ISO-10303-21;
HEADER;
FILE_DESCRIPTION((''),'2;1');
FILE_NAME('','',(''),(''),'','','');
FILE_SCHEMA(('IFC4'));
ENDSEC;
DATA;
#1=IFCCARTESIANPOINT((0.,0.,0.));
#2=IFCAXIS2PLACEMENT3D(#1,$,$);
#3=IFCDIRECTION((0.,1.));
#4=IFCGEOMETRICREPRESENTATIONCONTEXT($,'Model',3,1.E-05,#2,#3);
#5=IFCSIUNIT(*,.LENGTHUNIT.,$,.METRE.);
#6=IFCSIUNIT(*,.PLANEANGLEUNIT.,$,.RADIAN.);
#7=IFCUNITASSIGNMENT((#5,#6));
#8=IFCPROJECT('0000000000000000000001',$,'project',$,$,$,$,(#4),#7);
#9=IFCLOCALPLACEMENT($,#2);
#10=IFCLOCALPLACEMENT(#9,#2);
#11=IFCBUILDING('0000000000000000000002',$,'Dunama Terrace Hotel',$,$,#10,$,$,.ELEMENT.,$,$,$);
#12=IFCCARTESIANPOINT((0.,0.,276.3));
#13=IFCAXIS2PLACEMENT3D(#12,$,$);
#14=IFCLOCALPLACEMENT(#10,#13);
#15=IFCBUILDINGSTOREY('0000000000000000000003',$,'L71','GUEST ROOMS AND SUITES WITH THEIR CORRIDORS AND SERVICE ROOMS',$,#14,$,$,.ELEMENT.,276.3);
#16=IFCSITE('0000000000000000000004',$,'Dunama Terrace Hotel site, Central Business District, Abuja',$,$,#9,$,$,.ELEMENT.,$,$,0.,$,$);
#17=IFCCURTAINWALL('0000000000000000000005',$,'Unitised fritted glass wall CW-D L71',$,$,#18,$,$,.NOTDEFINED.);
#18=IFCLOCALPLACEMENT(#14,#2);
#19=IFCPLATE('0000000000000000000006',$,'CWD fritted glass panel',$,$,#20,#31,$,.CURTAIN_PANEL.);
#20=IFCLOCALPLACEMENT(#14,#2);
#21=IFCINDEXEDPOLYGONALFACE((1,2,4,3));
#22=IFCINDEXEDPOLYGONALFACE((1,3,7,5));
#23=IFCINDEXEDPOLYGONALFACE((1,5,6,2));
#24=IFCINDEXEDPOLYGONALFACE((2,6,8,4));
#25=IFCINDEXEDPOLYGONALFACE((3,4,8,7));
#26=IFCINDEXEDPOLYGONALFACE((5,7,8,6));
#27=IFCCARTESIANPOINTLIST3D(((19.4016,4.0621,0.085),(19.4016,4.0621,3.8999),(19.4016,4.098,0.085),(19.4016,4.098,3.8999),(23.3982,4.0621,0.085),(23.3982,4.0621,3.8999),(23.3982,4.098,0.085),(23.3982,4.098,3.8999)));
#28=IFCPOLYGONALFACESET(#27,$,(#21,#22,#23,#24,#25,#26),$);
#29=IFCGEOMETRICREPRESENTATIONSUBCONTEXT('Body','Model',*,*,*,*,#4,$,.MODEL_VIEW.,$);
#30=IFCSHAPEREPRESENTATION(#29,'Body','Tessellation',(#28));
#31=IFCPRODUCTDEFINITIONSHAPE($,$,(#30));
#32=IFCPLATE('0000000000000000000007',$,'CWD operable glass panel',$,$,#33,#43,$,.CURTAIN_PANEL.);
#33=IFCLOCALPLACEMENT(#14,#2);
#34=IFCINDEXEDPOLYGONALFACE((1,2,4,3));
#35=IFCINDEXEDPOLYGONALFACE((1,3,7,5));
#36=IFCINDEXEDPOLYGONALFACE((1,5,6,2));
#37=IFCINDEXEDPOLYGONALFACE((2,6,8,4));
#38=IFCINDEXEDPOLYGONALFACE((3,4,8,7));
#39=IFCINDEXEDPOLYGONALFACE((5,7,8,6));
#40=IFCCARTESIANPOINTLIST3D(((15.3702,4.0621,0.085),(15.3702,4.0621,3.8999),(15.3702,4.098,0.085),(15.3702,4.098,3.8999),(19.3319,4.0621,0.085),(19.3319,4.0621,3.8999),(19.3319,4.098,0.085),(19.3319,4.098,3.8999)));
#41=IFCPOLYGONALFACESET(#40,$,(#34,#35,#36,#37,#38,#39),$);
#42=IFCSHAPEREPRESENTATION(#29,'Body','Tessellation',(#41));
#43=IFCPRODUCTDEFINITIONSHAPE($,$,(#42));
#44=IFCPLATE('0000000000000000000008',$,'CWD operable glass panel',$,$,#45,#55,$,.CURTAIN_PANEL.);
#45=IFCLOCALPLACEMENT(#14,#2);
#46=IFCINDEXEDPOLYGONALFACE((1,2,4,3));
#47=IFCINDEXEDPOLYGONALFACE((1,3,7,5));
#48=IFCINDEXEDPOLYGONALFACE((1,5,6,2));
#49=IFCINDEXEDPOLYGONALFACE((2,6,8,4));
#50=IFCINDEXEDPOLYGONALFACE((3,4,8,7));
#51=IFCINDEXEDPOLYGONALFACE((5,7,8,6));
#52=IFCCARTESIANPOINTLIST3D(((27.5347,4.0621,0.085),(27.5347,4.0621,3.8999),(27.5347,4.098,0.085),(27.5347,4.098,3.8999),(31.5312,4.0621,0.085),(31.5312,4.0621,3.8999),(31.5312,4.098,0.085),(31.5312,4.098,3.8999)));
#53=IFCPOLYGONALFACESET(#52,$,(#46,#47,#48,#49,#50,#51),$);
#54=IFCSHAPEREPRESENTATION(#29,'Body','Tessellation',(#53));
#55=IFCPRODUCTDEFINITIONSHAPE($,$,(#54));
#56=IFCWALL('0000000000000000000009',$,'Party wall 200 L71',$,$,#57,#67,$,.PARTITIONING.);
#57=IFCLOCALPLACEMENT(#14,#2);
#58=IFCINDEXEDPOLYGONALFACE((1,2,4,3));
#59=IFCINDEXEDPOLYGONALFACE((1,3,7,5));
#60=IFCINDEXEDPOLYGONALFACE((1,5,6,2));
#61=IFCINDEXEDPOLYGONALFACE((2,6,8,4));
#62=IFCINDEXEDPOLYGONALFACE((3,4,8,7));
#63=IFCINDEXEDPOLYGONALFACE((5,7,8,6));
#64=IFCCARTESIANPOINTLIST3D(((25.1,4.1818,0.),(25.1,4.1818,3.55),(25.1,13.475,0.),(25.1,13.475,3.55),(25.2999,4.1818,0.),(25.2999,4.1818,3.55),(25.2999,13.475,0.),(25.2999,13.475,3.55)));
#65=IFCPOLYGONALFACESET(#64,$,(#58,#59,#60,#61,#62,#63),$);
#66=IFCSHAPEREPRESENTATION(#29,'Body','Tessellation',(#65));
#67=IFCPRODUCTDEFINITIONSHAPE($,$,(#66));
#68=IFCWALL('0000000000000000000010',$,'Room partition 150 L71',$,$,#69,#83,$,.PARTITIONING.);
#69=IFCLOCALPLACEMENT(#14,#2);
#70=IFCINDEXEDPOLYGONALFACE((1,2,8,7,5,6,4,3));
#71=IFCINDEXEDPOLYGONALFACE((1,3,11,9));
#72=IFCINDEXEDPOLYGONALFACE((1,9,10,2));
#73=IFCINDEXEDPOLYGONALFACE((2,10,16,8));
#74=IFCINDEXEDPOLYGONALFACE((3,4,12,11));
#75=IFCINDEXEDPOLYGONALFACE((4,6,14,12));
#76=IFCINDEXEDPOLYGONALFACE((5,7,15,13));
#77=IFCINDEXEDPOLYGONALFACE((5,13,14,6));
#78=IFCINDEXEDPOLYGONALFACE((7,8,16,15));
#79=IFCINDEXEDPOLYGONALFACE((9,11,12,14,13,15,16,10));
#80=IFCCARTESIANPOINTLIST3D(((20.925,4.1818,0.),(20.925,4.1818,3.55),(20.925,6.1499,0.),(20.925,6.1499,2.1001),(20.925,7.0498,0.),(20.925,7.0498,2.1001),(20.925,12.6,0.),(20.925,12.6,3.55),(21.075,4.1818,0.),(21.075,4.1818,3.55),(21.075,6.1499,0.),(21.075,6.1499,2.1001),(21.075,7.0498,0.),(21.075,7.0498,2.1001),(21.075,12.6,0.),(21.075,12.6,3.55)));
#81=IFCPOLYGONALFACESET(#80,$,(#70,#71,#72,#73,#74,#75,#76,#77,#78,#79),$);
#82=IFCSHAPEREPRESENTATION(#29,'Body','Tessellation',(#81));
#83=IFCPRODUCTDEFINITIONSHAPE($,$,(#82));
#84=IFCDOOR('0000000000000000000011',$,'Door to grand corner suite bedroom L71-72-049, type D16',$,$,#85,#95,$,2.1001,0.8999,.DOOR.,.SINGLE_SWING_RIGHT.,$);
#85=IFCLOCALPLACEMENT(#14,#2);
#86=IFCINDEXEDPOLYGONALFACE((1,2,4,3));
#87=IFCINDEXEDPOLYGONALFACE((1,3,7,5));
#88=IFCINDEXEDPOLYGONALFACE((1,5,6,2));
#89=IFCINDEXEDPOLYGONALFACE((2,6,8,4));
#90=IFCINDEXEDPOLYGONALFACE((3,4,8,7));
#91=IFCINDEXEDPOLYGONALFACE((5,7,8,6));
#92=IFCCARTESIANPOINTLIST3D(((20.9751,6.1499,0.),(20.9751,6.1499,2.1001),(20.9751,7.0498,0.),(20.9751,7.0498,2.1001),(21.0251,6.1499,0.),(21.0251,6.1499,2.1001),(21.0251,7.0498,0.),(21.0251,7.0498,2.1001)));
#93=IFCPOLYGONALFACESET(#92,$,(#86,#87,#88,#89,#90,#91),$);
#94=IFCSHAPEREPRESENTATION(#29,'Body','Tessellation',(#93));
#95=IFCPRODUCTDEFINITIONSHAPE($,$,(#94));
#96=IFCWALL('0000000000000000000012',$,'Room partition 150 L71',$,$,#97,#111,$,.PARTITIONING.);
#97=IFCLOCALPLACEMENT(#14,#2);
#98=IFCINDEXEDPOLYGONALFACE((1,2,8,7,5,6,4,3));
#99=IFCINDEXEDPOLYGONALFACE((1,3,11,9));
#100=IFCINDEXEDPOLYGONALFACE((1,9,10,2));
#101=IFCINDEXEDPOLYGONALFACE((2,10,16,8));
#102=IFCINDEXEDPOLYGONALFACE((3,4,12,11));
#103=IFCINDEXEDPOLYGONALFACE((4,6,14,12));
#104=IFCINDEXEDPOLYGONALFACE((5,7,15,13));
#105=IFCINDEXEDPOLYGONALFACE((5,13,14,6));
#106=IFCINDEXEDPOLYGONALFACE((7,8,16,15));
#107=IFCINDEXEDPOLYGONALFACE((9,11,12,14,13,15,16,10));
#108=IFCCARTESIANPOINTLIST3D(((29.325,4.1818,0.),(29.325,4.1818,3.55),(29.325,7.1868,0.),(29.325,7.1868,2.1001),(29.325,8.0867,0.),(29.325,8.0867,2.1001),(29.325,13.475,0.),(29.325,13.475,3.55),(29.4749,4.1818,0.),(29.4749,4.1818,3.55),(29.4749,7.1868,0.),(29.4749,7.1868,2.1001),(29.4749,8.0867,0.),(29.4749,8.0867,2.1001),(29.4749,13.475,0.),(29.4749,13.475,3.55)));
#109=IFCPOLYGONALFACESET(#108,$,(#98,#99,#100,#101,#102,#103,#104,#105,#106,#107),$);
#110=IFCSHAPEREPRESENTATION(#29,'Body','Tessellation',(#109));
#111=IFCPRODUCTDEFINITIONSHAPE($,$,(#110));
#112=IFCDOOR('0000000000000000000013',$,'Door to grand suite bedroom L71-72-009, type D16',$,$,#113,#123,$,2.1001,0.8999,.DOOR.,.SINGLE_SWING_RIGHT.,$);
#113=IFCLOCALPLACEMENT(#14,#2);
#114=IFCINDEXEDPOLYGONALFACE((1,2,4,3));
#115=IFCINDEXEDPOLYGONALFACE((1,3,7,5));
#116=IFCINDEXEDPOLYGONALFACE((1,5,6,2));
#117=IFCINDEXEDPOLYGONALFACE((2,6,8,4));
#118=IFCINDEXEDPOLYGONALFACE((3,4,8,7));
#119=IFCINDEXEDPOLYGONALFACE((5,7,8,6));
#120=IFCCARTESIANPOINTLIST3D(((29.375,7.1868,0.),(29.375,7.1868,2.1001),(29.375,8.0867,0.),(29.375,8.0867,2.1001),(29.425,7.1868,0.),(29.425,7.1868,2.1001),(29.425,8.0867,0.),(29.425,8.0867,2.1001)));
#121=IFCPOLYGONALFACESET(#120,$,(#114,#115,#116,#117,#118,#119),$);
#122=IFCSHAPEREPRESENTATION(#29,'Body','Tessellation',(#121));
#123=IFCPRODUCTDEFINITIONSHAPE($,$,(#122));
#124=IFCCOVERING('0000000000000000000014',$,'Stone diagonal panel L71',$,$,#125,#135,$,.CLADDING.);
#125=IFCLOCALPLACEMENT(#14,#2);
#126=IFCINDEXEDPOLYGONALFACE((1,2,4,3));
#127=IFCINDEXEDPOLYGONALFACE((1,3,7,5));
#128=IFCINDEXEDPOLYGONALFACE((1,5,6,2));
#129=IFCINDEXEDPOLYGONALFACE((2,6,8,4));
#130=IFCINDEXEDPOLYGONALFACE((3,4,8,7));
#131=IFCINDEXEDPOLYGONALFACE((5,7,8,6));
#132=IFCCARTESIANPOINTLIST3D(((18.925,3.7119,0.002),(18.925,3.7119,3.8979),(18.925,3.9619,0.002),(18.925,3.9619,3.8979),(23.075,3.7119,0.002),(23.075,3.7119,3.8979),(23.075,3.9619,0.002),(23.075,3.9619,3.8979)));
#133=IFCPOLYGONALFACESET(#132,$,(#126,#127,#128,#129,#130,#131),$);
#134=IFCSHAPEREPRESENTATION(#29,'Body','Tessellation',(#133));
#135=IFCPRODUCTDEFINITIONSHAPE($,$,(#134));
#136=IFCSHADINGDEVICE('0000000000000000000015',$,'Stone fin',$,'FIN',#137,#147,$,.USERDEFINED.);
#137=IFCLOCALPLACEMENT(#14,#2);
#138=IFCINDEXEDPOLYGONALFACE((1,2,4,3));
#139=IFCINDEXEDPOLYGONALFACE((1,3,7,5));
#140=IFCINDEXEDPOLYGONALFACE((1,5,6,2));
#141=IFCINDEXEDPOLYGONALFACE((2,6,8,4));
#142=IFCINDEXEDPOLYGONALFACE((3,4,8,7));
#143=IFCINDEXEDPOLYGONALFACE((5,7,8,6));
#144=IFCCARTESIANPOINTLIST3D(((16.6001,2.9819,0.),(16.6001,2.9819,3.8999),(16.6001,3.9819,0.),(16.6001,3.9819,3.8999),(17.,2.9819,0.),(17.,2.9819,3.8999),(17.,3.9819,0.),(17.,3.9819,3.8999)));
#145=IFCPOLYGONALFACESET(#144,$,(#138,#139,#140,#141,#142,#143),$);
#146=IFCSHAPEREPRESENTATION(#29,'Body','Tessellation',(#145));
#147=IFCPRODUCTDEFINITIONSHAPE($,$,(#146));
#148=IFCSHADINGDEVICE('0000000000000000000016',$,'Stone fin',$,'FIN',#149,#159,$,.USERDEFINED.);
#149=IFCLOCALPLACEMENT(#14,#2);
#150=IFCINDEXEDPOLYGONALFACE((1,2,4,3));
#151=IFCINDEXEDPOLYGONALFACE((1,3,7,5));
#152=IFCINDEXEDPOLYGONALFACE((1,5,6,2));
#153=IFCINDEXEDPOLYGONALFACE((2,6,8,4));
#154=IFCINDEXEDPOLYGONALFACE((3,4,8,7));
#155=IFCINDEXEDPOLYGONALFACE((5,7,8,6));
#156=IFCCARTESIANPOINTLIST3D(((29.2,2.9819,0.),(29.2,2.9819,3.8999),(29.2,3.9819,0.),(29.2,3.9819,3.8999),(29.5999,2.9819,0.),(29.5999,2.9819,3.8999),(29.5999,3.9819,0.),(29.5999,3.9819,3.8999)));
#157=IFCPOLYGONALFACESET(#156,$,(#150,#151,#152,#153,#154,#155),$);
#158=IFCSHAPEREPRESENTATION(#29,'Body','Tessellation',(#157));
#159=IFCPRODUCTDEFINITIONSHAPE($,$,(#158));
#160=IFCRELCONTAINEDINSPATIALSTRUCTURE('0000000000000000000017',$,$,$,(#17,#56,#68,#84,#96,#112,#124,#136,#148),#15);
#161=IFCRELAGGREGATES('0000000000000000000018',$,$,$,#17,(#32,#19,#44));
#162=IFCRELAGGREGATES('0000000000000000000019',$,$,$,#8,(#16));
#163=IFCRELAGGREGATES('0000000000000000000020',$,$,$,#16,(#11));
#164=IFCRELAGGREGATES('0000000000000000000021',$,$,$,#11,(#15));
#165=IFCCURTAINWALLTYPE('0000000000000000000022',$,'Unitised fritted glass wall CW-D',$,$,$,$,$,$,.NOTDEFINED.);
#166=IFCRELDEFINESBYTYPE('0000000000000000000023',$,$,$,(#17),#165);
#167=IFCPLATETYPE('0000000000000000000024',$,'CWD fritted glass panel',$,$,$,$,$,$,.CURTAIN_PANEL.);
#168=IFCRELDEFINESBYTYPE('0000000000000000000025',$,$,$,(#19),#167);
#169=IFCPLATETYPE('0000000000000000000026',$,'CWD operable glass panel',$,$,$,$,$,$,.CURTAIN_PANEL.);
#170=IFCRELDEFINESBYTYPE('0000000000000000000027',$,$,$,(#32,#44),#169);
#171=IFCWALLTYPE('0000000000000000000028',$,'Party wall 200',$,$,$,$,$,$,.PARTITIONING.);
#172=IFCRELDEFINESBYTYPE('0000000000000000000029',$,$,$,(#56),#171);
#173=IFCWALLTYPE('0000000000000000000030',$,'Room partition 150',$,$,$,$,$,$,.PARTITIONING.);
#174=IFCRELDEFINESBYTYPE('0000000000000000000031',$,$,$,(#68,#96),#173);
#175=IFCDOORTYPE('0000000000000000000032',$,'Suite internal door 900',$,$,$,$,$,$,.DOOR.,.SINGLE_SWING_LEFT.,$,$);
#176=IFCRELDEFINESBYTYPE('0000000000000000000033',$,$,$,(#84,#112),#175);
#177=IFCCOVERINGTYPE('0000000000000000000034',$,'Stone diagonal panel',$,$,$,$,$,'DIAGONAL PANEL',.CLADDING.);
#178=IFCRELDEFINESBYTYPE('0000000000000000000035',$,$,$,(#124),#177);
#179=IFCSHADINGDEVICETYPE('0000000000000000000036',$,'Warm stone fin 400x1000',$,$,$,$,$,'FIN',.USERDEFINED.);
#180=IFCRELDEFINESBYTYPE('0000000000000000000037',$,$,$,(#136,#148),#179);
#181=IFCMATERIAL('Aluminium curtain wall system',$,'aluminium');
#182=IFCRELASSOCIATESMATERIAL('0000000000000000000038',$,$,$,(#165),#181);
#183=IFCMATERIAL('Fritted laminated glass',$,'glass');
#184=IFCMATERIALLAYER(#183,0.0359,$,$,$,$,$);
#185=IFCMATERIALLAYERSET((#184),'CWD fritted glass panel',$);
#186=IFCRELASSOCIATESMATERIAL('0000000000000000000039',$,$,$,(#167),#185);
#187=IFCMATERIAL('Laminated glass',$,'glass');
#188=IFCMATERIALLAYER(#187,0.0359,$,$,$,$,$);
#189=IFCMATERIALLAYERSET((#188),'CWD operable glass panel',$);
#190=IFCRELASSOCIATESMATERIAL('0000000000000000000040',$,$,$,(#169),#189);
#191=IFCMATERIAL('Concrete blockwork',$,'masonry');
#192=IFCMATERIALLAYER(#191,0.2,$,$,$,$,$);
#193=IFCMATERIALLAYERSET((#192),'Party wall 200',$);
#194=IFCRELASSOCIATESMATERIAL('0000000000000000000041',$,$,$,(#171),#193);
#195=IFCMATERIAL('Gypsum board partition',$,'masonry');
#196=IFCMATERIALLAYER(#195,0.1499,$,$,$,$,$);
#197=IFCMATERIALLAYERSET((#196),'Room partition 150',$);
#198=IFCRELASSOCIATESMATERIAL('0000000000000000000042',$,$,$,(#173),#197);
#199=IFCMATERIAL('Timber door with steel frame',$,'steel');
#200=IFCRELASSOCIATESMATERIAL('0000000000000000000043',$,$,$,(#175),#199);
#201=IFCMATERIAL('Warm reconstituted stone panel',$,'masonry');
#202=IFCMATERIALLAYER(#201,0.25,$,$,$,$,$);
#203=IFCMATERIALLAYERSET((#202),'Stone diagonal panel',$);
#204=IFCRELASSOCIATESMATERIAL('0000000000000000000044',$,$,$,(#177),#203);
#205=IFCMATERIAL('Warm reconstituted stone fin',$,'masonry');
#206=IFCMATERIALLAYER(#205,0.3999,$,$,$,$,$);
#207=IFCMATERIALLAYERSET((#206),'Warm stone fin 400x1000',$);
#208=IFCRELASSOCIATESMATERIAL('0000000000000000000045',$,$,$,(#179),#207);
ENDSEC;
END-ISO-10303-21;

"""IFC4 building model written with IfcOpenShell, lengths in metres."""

from ifc_helpers import new_model, si_unit, direction, frame, frame_2d, origin, origin_2d, place, context, subcontext, project, spatial, rectangle, extrude, material, layer, layer_set, type_object, element, fill, aggregate, save


model = new_model("IFC4")

# Units and contexts
model_context = context("Model", 3, precision=1e-05, world=origin(), true_north=direction((0.0, 1.0)))
body_context = subcontext(model_context, "Body", "Model", "MODEL_VIEW")
ifc_project = project(units=[si_unit("LENGTHUNIT", "METRE"), si_unit("PLANEANGLEUNIT", "RADIAN")], contexts=[model_context])

# Site, building, storey
site_placement = place(None, origin())
site = spatial("IfcSite", under=ifc_project, at=site_placement, Name="Dunama Terrace Hotel site, Central Business District, Abuja", CompositionType="ELEMENT", RefElevation=0.0)
building_placement = place(site_placement, origin())
building = spatial("IfcBuilding", under=site, at=building_placement, Name="Dunama Terrace Hotel", CompositionType="ELEMENT")
storey_placement = place(building_placement, frame((0.0, 0.0, 276.3)))
storey = spatial("IfcBuildingStorey", under=building, at=storey_placement, Name="L71", Description="GUEST ROOMS AND SUITES WITH THEIR CORRIDORS AND SERVICE ROOMS", CompositionType="ELEMENT", Elevation=276.3)

# Curtain wall
ifc_material_1 = material(Name="Aluminium curtain wall system", Category="aluminium")
curtain_wall_type = type_object("IfcCurtainWallType", Name="Unitised fritted glass wall CW-D", PredefinedType="NOTDEFINED", material=ifc_material_1)
curtain_wall_placement = place(storey_placement, origin())
curtain_wall = element("IfcCurtainWall", 1, at=curtain_wall_placement, inside=storey, type_object=curtain_wall_type, Name="Unitised fritted glass wall CW-D L71", PredefinedType="NOTDEFINED")

# Plates
ifc_material_2 = material(Name="Fritted laminated glass", Category="glass")
ifc_layer_1 = layer(ifc_material_2, 0.0359)
ifc_layer_set_1 = layer_set([ifc_layer_1], Name="CWD fritted glass panel")
plate_type_1 = type_object("IfcPlateType", Name="CWD fritted glass panel", PredefinedType="CURTAIN_PANEL", material=ifc_layer_set_1)
plate_1_placement = place(storey_placement, frame((21.3999, 4.0801, 0.085), z_axis=(0.0, 0.0, 1.0), x_axis=(1.0, 0.0, 0.0)))
plate_1 = element("IfcPlate", 2, at=plate_1_placement, type_object=plate_type_1, Name="CWD fritted glass panel", PredefinedType="CURTAIN_PANEL", context=body_context, shape_type="SweptSolid", body=[
    extrude(rectangle(XDim=3.9966, YDim=0.0359, at=origin_2d()), origin(), (0.0, 0.0, 1.0), 3.8149),
])
ifc_material_3 = material(Name="Laminated glass", Category="glass")
ifc_layer_2 = layer(ifc_material_3, 0.0359)
ifc_layer_set_2 = layer_set([ifc_layer_2], Name="CWD operable glass panel")
plate_type_2 = type_object("IfcPlateType", Name="CWD operable glass panel", PredefinedType="CURTAIN_PANEL", material=ifc_layer_set_2)
plate_2_placement = place(storey_placement, frame((17.3511, 4.0801, 0.085), z_axis=(0.0, 0.0, 1.0), x_axis=(1.0, 0.0, 0.0)))
plate_2 = element("IfcPlate", 3, at=plate_2_placement, type_object=plate_type_2, Name="CWD operable glass panel", PredefinedType="CURTAIN_PANEL", context=body_context, shape_type="SweptSolid", body=[
    extrude(rectangle(XDim=3.9617, YDim=0.0359, at=origin_2d()), origin(), (0.0, 0.0, 1.0), 3.8149),
])
plate_3_placement = place(storey_placement, frame((29.533, 4.0801, 0.085), z_axis=(0.0, 0.0, 1.0), x_axis=(1.0, 0.0, 0.0)))
plate_3 = element("IfcPlate", 4, at=plate_3_placement, type_object=plate_type_2, Name="CWD operable glass panel", PredefinedType="CURTAIN_PANEL", context=body_context, shape_type="SweptSolid", body=[
    extrude(rectangle(XDim=3.9966, YDim=0.0359, at=origin_2d()), origin(), (0.0, 0.0, 1.0), 3.8149),
])
aggregate(curtain_wall, [plate_2, plate_1, plate_3])

# Wall
ifc_material_4 = material(Name="Concrete blockwork", Category="masonry")
ifc_layer_3 = layer(ifc_material_4, 0.2)
ifc_layer_set_3 = layer_set([ifc_layer_3], Name="Party wall 200")
wall_type_1 = type_object("IfcWallType", Name="Party wall 200", PredefinedType="PARTITIONING", material=ifc_layer_set_3)
wall_1_placement = place(storey_placement, frame((25.2, 4.1819, 0.0), z_axis=(0.0, 0.0, 1.0), x_axis=(0.0, 1.0, 0.0)))
element("IfcWall", 5, at=wall_1_placement, inside=storey, type_object=wall_type_1, Name="Party wall 200 L71", PredefinedType="PARTITIONING", context=body_context, shape_type="SweptSolid", body=[
    extrude(rectangle(XDim=9.2932, YDim=0.2, at=frame_2d((4.6465, 0.0))), origin(), (0.0, 0.0, 1.0), 3.55),
])

# Walls, openings, doors
ifc_material_5 = material(Name="Gypsum board partition", Category="masonry")
ifc_layer_4 = layer(ifc_material_5, 0.1499)
ifc_layer_set_4 = layer_set([ifc_layer_4], Name="Room partition 150")
wall_type_2 = type_object("IfcWallType", Name="Room partition 150", PredefinedType="PARTITIONING", material=ifc_layer_set_4)
wall_2_placement = place(storey_placement, frame((21.0, 4.1819, 0.0), z_axis=(0.0, 0.0, 1.0), x_axis=(0.0, 1.0, 0.0)))
wall_2 = element("IfcWall", 6, at=wall_2_placement, inside=storey, type_object=wall_type_2, Name="Room partition 150 L71", PredefinedType="PARTITIONING", context=body_context, shape_type="SweptSolid", body=[
    extrude(rectangle(XDim=8.4182, YDim=0.1499, at=frame_2d((4.209, 0.0))), origin(), (0.0, 0.0, 1.0), 3.55),
])
opening_1_placement = place(wall_2_placement, frame((1.968, 0.0, 0.0)))
opening_1 = element("IfcOpeningElement", 7, at=opening_1_placement, cuts=wall_2, PredefinedType="OPENING", context=body_context, shape_type="SweptSolid", body=[
    extrude(rectangle(XDim=0.8999, YDim=2.1001, at=frame_2d((0.45, 1.05))), frame((0.0, 0.085, 0.0), z_axis=(0.0, -1.0, 0.0), x_axis=(1.0, 0.0, 0.0)), (0.0, 0.0, 1.0), 0.1699),
])
ifc_material_6 = material(Name="Timber door with steel frame", Category="steel")
door_type = type_object("IfcDoorType", Name="Suite internal door 900", OperationType="SINGLE_SWING_LEFT", PredefinedType="DOOR", material=ifc_material_6)
door_1_placement = place(opening_1_placement, origin())
door_1 = element("IfcDoor", 8, at=door_1_placement, inside=storey, type_object=door_type, Name="Door to grand corner suite bedroom L71-72-049, type D16", OperationType="SINGLE_SWING_RIGHT", OverallHeight=2.1001, OverallWidth=0.8999, PredefinedType="DOOR", context=body_context, shape_type="SweptSolid", body=[
    extrude(rectangle(XDim=0.8999, YDim=2.1001, at=frame_2d((0.45, 1.05))), frame((0.0, 0.0249, 0.0), z_axis=(0.0, -1.0, 0.0), x_axis=(1.0, 0.0, 0.0)), (0.0, 0.0, 1.0), 0.05),
])
fill(opening_1, door_1)
wall_3_placement = place(storey_placement, frame((29.3999, 4.1819, 0.0), z_axis=(0.0, 0.0, 1.0), x_axis=(0.0, 1.0, 0.0)))
wall_3 = element("IfcWall", 9, at=wall_3_placement, inside=storey, type_object=wall_type_2, Name="Room partition 150 L71", PredefinedType="PARTITIONING", context=body_context, shape_type="SweptSolid", body=[
    extrude(rectangle(XDim=9.2932, YDim=0.1499, at=frame_2d((4.6465, 0.0))), origin(), (0.0, 0.0, 1.0), 3.55),
])
opening_2_placement = place(wall_3_placement, frame((3.0049, 0.0, 0.0)))
opening_2 = element("IfcOpeningElement", 10, at=opening_2_placement, cuts=wall_3, PredefinedType="OPENING", context=body_context, shape_type="SweptSolid", body=[
    extrude(rectangle(XDim=0.8999, YDim=2.1001, at=frame_2d((0.45, 1.05))), frame((0.0, 0.085, 0.0), z_axis=(0.0, -1.0, 0.0), x_axis=(1.0, 0.0, 0.0)), (0.0, 0.0, 1.0), 0.1699),
])
door_2_placement = place(opening_2_placement, origin())
door_2 = element("IfcDoor", 11, at=door_2_placement, inside=storey, type_object=door_type, Name="Door to grand suite bedroom L71-72-009, type D16", OperationType="SINGLE_SWING_RIGHT", OverallHeight=2.1001, OverallWidth=0.8999, PredefinedType="DOOR", context=body_context, shape_type="SweptSolid", body=[
    extrude(rectangle(XDim=0.8999, YDim=2.1001, at=frame_2d((0.45, 1.05))), frame((0.0, 0.0249, 0.0), z_axis=(0.0, -1.0, 0.0), x_axis=(1.0, 0.0, 0.0)), (0.0, 0.0, 1.0), 0.05),
])
fill(opening_2, door_2)

# Covering
ifc_material_7 = material(Name="Warm reconstituted stone panel", Category="masonry")
ifc_layer_5 = layer(ifc_material_7, 0.25)
ifc_layer_set_5 = layer_set([ifc_layer_5], Name="Stone diagonal panel")
covering_type = type_object("IfcCoveringType", Name="Stone diagonal panel", ElementType="DIAGONAL PANEL", PredefinedType="CLADDING", material=ifc_layer_set_5)
covering_placement = place(storey_placement, frame((21.0, 3.8369, 0.002), z_axis=(0.0, 0.0, 1.0), x_axis=(1.0, 0.0, 0.0)))
element("IfcCovering", 12, at=covering_placement, inside=storey, type_object=covering_type, Name="Stone diagonal panel L71", PredefinedType="CLADDING", context=body_context, shape_type="SweptSolid", body=[
    extrude(rectangle(XDim=4.1499, YDim=0.25, at=origin_2d()), origin(), (0.0, 0.0, 1.0), 3.896),
])

# Shading devices
ifc_material_8 = material(Name="Warm reconstituted stone fin", Category="masonry")
ifc_layer_6 = layer(ifc_material_8, 0.3999)
ifc_layer_set_6 = layer_set([ifc_layer_6], Name="Warm stone fin 400x1000")
shading_device_type = type_object("IfcShadingDeviceType", Name="Warm stone fin 400x1000", ElementType="FIN", PredefinedType="USERDEFINED", material=ifc_layer_set_6)
for number, where, z_axis, x_axis, name in (
    (13, (16.8, 3.4819, 0.0), (0.0, 0.0, 1.0), (1.0, 0.0, 0.0), "Stone fin"),
    (14, (29.3999, 3.4819, 0.0), (0.0, 0.0, 1.0), (1.0, 0.0, 0.0), "Stone fin"),
):
    element("IfcShadingDevice", number, at=place(storey_placement, frame(where, z_axis=z_axis, x_axis=x_axis)), inside=storey, type_object=shading_device_type, Name=name, ObjectType="FIN", PredefinedType="USERDEFINED", context=body_context, shape_type="SweptSolid", body=[
        extrude(rectangle(XDim=0.3999, YDim=1.0, at=origin_2d()), origin(), (0.0, 0.0, 1.0), 3.8999),
    ])

save(model, "model.ifc")
